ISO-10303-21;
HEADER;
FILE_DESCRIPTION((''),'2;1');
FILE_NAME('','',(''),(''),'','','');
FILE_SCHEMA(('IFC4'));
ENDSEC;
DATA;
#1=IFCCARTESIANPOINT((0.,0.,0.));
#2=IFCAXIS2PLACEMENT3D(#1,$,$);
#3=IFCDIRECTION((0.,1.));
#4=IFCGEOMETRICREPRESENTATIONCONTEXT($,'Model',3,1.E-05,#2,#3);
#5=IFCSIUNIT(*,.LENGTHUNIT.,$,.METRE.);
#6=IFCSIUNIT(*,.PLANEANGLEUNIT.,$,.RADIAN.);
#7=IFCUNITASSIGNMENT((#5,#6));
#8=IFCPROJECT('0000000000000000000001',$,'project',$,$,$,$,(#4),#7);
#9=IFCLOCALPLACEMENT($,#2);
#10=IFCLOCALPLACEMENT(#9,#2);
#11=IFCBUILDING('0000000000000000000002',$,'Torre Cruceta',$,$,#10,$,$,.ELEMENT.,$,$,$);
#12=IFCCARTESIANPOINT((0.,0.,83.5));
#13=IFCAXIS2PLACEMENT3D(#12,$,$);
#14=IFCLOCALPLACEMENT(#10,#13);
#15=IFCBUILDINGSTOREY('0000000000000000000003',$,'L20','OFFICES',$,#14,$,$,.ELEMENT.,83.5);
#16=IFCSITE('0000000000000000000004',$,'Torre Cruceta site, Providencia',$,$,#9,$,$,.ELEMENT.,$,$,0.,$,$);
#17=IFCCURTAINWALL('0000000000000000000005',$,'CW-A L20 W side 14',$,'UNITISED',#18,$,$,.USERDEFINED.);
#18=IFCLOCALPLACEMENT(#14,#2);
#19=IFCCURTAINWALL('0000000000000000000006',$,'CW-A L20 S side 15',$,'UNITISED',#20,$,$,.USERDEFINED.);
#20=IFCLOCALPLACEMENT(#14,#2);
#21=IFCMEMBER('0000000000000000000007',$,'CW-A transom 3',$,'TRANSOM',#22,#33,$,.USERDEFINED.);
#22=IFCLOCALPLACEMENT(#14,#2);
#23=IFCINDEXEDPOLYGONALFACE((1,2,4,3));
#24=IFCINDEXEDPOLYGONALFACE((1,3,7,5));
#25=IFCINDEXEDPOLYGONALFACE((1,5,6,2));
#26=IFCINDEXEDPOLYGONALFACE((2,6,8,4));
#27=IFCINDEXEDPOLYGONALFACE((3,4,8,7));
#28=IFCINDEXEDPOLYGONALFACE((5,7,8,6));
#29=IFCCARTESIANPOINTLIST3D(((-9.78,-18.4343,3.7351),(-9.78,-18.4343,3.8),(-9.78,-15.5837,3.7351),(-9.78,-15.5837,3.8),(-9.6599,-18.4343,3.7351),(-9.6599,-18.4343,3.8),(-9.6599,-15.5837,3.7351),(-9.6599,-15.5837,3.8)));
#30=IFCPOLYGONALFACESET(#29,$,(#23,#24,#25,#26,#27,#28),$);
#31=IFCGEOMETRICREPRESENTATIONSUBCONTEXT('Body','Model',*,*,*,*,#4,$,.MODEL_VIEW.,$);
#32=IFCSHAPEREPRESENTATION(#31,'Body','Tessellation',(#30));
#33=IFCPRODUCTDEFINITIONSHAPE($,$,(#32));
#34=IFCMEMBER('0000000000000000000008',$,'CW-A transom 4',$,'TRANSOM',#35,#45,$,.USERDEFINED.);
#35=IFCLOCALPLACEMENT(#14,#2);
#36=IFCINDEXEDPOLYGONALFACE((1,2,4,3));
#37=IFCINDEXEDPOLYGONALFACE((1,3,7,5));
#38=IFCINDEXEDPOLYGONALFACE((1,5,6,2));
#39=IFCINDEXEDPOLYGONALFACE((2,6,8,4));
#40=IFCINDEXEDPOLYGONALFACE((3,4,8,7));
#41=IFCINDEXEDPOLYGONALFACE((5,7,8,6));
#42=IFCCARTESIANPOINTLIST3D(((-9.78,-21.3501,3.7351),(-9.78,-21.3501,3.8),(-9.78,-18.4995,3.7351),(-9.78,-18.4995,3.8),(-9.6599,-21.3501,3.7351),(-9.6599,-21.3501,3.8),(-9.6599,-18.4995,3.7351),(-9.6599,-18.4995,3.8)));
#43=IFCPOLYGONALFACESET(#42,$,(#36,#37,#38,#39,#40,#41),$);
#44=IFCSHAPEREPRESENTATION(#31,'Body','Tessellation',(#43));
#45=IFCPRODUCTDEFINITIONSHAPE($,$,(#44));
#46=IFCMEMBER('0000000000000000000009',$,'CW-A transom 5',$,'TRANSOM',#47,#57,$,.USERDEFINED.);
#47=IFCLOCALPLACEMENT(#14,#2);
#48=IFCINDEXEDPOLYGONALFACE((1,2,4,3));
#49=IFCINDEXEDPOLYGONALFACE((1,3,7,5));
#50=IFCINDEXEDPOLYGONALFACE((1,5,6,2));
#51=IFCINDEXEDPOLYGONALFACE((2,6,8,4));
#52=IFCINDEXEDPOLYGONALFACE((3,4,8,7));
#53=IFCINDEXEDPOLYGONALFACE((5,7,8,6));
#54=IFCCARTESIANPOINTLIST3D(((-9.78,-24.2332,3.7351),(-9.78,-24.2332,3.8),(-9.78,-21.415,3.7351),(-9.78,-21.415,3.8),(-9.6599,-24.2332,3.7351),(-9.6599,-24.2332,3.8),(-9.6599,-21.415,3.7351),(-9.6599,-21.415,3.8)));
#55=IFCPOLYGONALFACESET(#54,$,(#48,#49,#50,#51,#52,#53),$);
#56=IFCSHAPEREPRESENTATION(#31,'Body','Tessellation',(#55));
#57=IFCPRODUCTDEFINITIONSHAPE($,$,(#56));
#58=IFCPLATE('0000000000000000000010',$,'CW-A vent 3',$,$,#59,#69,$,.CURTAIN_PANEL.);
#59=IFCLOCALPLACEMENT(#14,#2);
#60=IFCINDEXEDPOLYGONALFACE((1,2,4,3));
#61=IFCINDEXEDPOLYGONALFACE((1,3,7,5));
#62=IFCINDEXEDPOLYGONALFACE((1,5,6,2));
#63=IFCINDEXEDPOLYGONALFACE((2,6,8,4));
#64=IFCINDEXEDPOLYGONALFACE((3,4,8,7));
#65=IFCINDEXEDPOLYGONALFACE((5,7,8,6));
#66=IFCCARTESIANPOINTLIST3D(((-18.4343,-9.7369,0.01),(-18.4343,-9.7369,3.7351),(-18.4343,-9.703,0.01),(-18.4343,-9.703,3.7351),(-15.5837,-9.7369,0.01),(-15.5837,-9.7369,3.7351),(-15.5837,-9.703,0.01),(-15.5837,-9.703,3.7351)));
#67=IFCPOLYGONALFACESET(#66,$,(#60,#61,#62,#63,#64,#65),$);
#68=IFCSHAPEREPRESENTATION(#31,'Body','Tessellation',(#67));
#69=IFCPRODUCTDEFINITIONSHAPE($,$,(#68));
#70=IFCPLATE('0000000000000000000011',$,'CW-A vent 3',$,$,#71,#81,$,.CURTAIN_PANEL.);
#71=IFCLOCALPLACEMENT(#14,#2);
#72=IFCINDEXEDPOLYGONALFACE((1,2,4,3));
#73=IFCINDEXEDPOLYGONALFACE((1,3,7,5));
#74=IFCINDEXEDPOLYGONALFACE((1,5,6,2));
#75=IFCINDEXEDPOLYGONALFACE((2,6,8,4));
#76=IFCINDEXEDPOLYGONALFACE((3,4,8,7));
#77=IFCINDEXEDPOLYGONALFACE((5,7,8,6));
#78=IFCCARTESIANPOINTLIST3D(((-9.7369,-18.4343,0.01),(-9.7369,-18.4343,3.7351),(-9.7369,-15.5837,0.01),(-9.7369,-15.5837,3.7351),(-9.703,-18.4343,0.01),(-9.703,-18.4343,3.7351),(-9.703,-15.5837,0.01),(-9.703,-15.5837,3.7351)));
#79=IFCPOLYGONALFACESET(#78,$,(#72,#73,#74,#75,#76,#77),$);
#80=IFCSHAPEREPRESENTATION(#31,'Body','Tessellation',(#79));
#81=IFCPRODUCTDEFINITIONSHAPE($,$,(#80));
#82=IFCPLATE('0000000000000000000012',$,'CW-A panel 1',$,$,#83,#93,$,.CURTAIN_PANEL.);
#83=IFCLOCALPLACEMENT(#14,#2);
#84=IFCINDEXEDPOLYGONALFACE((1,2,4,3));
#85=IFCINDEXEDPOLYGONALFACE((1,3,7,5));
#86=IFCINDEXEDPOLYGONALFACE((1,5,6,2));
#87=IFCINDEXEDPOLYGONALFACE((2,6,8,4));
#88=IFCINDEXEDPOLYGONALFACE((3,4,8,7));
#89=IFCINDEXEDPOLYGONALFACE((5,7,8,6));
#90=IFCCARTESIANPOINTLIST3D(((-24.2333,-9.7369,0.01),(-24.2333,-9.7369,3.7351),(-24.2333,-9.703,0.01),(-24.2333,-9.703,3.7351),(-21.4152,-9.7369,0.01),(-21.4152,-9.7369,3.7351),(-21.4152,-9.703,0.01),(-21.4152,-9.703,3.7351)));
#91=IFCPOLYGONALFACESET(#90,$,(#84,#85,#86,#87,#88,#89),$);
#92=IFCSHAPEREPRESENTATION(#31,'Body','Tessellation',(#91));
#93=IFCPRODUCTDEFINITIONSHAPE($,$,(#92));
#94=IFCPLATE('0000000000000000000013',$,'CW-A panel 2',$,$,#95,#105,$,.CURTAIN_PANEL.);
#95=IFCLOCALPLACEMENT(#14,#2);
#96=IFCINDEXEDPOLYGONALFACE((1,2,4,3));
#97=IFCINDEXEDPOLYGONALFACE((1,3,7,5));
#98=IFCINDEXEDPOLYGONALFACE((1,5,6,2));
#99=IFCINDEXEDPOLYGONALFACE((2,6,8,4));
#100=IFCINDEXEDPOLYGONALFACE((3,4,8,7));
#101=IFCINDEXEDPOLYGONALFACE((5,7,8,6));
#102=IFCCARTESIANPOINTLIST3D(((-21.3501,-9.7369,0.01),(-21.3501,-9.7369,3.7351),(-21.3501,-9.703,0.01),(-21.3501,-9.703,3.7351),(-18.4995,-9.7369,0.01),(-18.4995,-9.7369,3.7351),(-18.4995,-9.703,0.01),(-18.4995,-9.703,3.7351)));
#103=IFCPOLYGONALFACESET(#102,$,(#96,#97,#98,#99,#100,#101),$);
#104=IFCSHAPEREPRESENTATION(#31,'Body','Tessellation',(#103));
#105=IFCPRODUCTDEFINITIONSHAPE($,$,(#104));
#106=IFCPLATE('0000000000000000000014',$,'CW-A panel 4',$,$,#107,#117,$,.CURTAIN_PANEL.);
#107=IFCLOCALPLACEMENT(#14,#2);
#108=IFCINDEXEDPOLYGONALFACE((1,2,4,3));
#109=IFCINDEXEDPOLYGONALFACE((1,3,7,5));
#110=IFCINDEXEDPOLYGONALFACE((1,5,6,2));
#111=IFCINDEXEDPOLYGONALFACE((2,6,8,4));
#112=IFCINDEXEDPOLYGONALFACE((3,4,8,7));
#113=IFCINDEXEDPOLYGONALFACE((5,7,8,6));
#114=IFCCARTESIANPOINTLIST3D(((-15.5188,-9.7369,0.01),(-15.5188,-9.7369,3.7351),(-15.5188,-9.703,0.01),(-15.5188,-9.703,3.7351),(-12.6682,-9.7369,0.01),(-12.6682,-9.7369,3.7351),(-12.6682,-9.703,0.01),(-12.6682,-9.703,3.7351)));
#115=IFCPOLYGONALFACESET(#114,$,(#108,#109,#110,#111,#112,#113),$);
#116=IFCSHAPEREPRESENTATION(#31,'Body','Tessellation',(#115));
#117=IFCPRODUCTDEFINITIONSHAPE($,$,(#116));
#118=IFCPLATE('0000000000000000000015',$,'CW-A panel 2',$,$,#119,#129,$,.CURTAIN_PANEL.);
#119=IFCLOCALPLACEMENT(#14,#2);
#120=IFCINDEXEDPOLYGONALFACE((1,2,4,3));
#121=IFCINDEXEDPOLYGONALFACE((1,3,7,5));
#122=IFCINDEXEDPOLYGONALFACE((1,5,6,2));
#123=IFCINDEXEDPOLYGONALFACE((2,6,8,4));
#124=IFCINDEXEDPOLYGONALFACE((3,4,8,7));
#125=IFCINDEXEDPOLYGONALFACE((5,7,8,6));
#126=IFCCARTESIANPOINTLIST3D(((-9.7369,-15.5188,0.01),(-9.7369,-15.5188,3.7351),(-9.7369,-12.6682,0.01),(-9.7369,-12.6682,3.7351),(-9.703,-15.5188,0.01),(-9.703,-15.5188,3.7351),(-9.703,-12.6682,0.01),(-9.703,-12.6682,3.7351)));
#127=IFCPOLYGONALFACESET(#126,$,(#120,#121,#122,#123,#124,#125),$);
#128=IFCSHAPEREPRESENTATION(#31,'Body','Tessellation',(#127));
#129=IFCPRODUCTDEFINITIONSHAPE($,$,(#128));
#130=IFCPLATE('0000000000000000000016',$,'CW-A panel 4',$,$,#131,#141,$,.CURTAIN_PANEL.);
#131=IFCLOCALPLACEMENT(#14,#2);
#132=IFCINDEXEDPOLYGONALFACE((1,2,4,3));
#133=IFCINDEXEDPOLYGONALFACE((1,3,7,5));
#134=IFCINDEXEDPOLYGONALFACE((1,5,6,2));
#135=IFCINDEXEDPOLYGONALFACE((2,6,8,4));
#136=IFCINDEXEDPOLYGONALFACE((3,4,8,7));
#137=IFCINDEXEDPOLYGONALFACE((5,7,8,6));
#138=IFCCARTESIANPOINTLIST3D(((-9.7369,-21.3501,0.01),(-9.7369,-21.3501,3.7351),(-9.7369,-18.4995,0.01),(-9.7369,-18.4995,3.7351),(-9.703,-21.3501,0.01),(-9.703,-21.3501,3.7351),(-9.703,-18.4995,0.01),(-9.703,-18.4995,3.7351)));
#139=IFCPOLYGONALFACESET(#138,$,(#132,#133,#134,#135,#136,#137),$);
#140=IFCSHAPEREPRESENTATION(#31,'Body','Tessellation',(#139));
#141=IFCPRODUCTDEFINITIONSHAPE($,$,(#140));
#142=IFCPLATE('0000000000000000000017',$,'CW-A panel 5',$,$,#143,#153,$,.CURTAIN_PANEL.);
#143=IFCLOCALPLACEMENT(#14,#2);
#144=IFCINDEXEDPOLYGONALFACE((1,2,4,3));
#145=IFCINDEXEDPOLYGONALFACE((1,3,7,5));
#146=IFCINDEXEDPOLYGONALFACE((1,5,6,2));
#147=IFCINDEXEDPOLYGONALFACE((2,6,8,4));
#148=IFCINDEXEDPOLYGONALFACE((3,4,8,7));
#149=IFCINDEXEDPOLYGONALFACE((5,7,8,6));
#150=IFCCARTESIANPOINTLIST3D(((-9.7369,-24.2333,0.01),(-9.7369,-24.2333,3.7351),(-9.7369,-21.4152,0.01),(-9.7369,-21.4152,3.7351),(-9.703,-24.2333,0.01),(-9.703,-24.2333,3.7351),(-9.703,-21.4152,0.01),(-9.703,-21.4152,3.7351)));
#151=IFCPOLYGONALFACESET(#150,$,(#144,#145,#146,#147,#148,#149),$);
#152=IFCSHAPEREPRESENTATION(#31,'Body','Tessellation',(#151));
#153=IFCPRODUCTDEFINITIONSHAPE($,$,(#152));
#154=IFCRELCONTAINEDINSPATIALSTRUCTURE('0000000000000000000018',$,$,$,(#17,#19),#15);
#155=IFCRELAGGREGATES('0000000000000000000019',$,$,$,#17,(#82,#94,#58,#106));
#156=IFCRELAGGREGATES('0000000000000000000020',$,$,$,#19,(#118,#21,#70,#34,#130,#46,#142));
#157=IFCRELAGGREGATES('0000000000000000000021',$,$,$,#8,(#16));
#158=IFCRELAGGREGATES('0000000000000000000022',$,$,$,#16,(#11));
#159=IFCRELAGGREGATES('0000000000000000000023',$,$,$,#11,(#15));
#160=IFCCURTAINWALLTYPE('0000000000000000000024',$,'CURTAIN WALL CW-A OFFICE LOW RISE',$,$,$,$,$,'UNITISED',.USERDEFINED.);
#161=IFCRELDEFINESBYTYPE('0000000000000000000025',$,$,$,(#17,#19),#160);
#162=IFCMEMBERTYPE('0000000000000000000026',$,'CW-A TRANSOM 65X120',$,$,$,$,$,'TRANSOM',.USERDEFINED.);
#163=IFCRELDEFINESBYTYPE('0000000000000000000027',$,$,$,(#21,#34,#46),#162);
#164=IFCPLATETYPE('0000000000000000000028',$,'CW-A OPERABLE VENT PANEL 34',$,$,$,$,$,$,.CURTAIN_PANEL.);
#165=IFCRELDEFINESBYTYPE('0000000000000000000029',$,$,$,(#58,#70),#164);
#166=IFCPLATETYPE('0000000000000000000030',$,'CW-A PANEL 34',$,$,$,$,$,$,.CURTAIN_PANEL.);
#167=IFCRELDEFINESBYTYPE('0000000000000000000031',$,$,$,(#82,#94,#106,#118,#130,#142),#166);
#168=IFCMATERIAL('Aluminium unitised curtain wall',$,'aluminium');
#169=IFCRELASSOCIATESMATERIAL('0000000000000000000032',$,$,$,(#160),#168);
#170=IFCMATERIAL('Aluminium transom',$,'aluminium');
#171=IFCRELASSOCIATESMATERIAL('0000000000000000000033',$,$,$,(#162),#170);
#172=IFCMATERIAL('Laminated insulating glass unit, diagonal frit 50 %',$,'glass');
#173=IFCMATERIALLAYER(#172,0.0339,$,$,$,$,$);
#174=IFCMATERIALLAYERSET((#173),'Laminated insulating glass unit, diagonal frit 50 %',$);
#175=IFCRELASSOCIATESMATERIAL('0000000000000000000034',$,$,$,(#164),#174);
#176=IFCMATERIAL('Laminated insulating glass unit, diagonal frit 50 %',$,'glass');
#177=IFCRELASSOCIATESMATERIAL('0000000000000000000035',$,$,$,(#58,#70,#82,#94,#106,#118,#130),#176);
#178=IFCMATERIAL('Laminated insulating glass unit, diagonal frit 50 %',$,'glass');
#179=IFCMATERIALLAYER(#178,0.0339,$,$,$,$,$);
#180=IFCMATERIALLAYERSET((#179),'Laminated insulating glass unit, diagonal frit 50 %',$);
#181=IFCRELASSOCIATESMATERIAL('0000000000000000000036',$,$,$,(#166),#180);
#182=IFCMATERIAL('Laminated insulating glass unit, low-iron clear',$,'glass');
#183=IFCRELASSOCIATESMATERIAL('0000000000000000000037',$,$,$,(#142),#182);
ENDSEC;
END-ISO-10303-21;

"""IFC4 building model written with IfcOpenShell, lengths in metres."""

from ifc_helpers import new_model, si_unit, direction, frame, origin, origin_2d, place, context, subcontext, project, spatial, rectangle, extrude, material, layer, layer_set, material_profile, profile_set, type_object, element, aggregate, save


model = new_model("IFC4")

# Units and contexts
model_context = context("Model", 3, precision=1e-05, world=origin(), true_north=direction((0.0, 1.0)))
body_context = subcontext(model_context, "Body", "Model", "MODEL_VIEW")
ifc_project = project(units=[si_unit("LENGTHUNIT", "METRE"), si_unit("PLANEANGLEUNIT", "RADIAN")], contexts=[model_context])

# Site, building, storey
site_placement = place(None, origin())
site = spatial("IfcSite", under=ifc_project, at=site_placement, Name="Torre Cruceta site, Providencia", CompositionType="ELEMENT", RefElevation=0.0)
building_placement = place(site_placement, origin())
building = spatial("IfcBuilding", under=site, at=building_placement, Name="Torre Cruceta", CompositionType="ELEMENT")
storey_placement = place(building_placement, frame((0.0, 0.0, 83.5)))
storey = spatial("IfcBuildingStorey", under=building, at=storey_placement, Name="L20", Description="OFFICES", CompositionType="ELEMENT", Elevation=83.5)

# Curtain walls
ifc_material_1 = material(Name="Aluminium unitised curtain wall", Category="aluminium")
curtain_wall_type = type_object("IfcCurtainWallType", Name="CURTAIN WALL CW-A OFFICE LOW RISE", ElementType="UNITISED", PredefinedType="USERDEFINED", material=ifc_material_1)
curtain_wall_1_placement = place(storey_placement, origin())
curtain_wall_1 = element("IfcCurtainWall", 1, at=curtain_wall_1_placement, inside=storey, type_object=curtain_wall_type, Name="CW-A L20 W side 14", ObjectType="UNITISED", PredefinedType="USERDEFINED")
curtain_wall_2_placement = place(storey_placement, origin())
curtain_wall_2 = element("IfcCurtainWall", 2, at=curtain_wall_2_placement, inside=storey, type_object=curtain_wall_type, Name="CW-A L20 S side 15", ObjectType="UNITISED", PredefinedType="USERDEFINED")

# Members
ifc_material_2 = material(Name="Aluminium transom", Category="aluminium")
ifc_material_profile_1 = material_profile(ifc_material_2, rectangle(XDim=0.1201, YDim=0.0649, at=origin_2d()), Name="AL 120X65")
ifc_profile_set_1 = profile_set([ifc_material_profile_1], Name="Aluminium transom")
member_type_1 = type_object("IfcMemberType", Name="CW-A TRANSOM 65X120", ElementType="TRANSOM", PredefinedType="USERDEFINED", material=ifc_profile_set_1)
member_1_placement = place(storey_placement, frame((-9.72, -15.5837, 3.7676), z_axis=(0.0, -1.0, 0.0), x_axis=(1.0, 0.0, 0.0)))
member_1 = element("IfcMember", 3, at=member_1_placement, type_object=member_type_1, Name="CW-A transom 3", ObjectType="TRANSOM", PredefinedType="USERDEFINED", context=body_context, shape_type="SweptSolid", body=[
    extrude(rectangle(XDim=0.1201, YDim=0.0649, at=origin_2d()), origin(), (0.0, 0.0, 1.0), 2.8506),
])
member_2_placement = place(storey_placement, frame((-9.72, -18.4995, 3.7676), z_axis=(0.0, -1.0, 0.0), x_axis=(1.0, 0.0, 0.0)))
member_2 = element("IfcMember", 4, at=member_2_placement, type_object=member_type_1, Name="CW-A transom 4", ObjectType="TRANSOM", PredefinedType="USERDEFINED", context=body_context, shape_type="SweptSolid", body=[
    extrude(rectangle(XDim=0.1201, YDim=0.0649, at=origin_2d()), origin(), (0.0, 0.0, 1.0), 2.8506),
])
member_3_placement = place(storey_placement, frame((-9.72, -21.415, 3.7676), z_axis=(0.0, -1.0, 0.0), x_axis=(1.0, 0.0, 0.0)))
member_3 = element("IfcMember", 5, at=member_3_placement, type_object=member_type_1, Name="CW-A transom 5", ObjectType="TRANSOM", PredefinedType="USERDEFINED", context=body_context, shape_type="SweptSolid", body=[
    extrude(rectangle(XDim=0.1201, YDim=0.0649, at=origin_2d()), origin(), (0.0, 0.0, 1.0), 2.8181),
])

# Plates
ifc_material_3 = material(Name="Laminated insulating glass unit, diagonal frit 50 %", Category="glass")
ifc_material_4 = material(Name="Laminated insulating glass unit, diagonal frit 50 %", Category="glass")
ifc_layer_1 = layer(ifc_material_4, 0.0339)
ifc_layer_set_1 = layer_set([ifc_layer_1], Name="Laminated insulating glass unit, diagonal frit 50 %")
plate_type_1 = type_object("IfcPlateType", Name="CW-A OPERABLE VENT PANEL 34", PredefinedType="CURTAIN_PANEL", material=ifc_layer_set_1)
plate_1_placement = place(storey_placement, frame((-17.009, -9.72, 0.01), z_axis=(0.0, 0.0, 1.0), x_axis=(1.0, 0.0, 0.0)))
plate_1 = element("IfcPlate", 6, at=plate_1_placement, type_object=plate_type_1, material=ifc_material_3, Name="CW-A vent 3", PredefinedType="CURTAIN_PANEL", context=body_context, shape_type="SweptSolid", body=[
    extrude(rectangle(XDim=2.8506, YDim=0.0339, at=origin_2d()), origin(), (0.0, 0.0, 1.0), 3.7251),
])
plate_2_placement = place(storey_placement, frame((-9.72, -17.009, 0.01), z_axis=(0.0, 0.0, 1.0), x_axis=(0.0, -1.0, 0.0)))
plate_2 = element("IfcPlate", 7, at=plate_2_placement, type_object=plate_type_1, material=ifc_material_3, Name="CW-A vent 3", PredefinedType="CURTAIN_PANEL", context=body_context, shape_type="SweptSolid", body=[
    extrude(rectangle(XDim=2.8506, YDim=0.0339, at=origin_2d()), origin(), (0.0, 0.0, 1.0), 3.7251),
])
ifc_material_5 = material(Name="Laminated insulating glass unit, diagonal frit 50 %", Category="glass")
ifc_layer_2 = layer(ifc_material_5, 0.0339)
ifc_layer_set_2 = layer_set([ifc_layer_2], Name="Laminated insulating glass unit, diagonal frit 50 %")
plate_type_2 = type_object("IfcPlateType", Name="CW-A PANEL 34", PredefinedType="CURTAIN_PANEL", material=ifc_layer_set_2)
plate_3_placement = place(storey_placement, frame((-22.8242, -9.72, 0.01), z_axis=(0.0, 0.0, 1.0), x_axis=(1.0, 0.0, 0.0)))
plate_3 = element("IfcPlate", 8, at=plate_3_placement, type_object=plate_type_2, material=ifc_material_3, Name="CW-A panel 1", PredefinedType="CURTAIN_PANEL", context=body_context, shape_type="SweptSolid", body=[
    extrude(rectangle(XDim=2.8181, YDim=0.0339, at=origin_2d()), origin(), (0.0, 0.0, 1.0), 3.7251),
])
plate_4_placement = place(storey_placement, frame((-19.9248, -9.72, 0.01), z_axis=(0.0, 0.0, 1.0), x_axis=(1.0, 0.0, 0.0)))
plate_4 = element("IfcPlate", 9, at=plate_4_placement, type_object=plate_type_2, material=ifc_material_3, Name="CW-A panel 2", PredefinedType="CURTAIN_PANEL", context=body_context, shape_type="SweptSolid", body=[
    extrude(rectangle(XDim=2.8506, YDim=0.0339, at=origin_2d()), origin(), (0.0, 0.0, 1.0), 3.7251),
])
plate_5_placement = place(storey_placement, frame((-14.0935, -9.72, 0.01), z_axis=(0.0, 0.0, 1.0), x_axis=(1.0, 0.0, 0.0)))
plate_5 = element("IfcPlate", 10, at=plate_5_placement, type_object=plate_type_2, material=ifc_material_3, Name="CW-A panel 4", PredefinedType="CURTAIN_PANEL", context=body_context, shape_type="SweptSolid", body=[
    extrude(rectangle(XDim=2.8506, YDim=0.0339, at=origin_2d()), origin(), (0.0, 0.0, 1.0), 3.7251),
])
aggregate(curtain_wall_1, [plate_3, plate_4, plate_1, plate_5])
plate_6_placement = place(storey_placement, frame((-9.72, -14.0935, 0.01), z_axis=(0.0, 0.0, 1.0), x_axis=(0.0, -1.0, 0.0)))
plate_6 = element("IfcPlate", 11, at=plate_6_placement, type_object=plate_type_2, material=ifc_material_3, Name="CW-A panel 2", PredefinedType="CURTAIN_PANEL", context=body_context, shape_type="SweptSolid", body=[
    extrude(rectangle(XDim=2.8506, YDim=0.0339, at=origin_2d()), origin(), (0.0, 0.0, 1.0), 3.7251),
])
plate_7_placement = place(storey_placement, frame((-9.72, -19.9248, 0.01), z_axis=(0.0, 0.0, 1.0), x_axis=(0.0, -1.0, 0.0)))
plate_7 = element("IfcPlate", 12, at=plate_7_placement, type_object=plate_type_2, material=ifc_material_3, Name="CW-A panel 4", PredefinedType="CURTAIN_PANEL", context=body_context, shape_type="SweptSolid", body=[
    extrude(rectangle(XDim=2.8506, YDim=0.0339, at=origin_2d()), origin(), (0.0, 0.0, 1.0), 3.7251),
])
ifc_material_6 = material(Name="Laminated insulating glass unit, low-iron clear", Category="glass")
plate_8_placement = place(storey_placement, frame((-9.72, -22.8242, 0.01), z_axis=(0.0, 0.0, 1.0), x_axis=(0.0, -1.0, 0.0)))
plate_8 = element("IfcPlate", 13, at=plate_8_placement, type_object=plate_type_2, material=ifc_material_6, Name="CW-A panel 5", PredefinedType="CURTAIN_PANEL", context=body_context, shape_type="SweptSolid", body=[
    extrude(rectangle(XDim=2.8181, YDim=0.0339, at=origin_2d()), origin(), (0.0, 0.0, 1.0), 3.7251),
])
aggregate(curtain_wall_2, [plate_6, member_1, plate_2, member_2, plate_7, member_3, plate_8])

save(model, "model.ifc")
